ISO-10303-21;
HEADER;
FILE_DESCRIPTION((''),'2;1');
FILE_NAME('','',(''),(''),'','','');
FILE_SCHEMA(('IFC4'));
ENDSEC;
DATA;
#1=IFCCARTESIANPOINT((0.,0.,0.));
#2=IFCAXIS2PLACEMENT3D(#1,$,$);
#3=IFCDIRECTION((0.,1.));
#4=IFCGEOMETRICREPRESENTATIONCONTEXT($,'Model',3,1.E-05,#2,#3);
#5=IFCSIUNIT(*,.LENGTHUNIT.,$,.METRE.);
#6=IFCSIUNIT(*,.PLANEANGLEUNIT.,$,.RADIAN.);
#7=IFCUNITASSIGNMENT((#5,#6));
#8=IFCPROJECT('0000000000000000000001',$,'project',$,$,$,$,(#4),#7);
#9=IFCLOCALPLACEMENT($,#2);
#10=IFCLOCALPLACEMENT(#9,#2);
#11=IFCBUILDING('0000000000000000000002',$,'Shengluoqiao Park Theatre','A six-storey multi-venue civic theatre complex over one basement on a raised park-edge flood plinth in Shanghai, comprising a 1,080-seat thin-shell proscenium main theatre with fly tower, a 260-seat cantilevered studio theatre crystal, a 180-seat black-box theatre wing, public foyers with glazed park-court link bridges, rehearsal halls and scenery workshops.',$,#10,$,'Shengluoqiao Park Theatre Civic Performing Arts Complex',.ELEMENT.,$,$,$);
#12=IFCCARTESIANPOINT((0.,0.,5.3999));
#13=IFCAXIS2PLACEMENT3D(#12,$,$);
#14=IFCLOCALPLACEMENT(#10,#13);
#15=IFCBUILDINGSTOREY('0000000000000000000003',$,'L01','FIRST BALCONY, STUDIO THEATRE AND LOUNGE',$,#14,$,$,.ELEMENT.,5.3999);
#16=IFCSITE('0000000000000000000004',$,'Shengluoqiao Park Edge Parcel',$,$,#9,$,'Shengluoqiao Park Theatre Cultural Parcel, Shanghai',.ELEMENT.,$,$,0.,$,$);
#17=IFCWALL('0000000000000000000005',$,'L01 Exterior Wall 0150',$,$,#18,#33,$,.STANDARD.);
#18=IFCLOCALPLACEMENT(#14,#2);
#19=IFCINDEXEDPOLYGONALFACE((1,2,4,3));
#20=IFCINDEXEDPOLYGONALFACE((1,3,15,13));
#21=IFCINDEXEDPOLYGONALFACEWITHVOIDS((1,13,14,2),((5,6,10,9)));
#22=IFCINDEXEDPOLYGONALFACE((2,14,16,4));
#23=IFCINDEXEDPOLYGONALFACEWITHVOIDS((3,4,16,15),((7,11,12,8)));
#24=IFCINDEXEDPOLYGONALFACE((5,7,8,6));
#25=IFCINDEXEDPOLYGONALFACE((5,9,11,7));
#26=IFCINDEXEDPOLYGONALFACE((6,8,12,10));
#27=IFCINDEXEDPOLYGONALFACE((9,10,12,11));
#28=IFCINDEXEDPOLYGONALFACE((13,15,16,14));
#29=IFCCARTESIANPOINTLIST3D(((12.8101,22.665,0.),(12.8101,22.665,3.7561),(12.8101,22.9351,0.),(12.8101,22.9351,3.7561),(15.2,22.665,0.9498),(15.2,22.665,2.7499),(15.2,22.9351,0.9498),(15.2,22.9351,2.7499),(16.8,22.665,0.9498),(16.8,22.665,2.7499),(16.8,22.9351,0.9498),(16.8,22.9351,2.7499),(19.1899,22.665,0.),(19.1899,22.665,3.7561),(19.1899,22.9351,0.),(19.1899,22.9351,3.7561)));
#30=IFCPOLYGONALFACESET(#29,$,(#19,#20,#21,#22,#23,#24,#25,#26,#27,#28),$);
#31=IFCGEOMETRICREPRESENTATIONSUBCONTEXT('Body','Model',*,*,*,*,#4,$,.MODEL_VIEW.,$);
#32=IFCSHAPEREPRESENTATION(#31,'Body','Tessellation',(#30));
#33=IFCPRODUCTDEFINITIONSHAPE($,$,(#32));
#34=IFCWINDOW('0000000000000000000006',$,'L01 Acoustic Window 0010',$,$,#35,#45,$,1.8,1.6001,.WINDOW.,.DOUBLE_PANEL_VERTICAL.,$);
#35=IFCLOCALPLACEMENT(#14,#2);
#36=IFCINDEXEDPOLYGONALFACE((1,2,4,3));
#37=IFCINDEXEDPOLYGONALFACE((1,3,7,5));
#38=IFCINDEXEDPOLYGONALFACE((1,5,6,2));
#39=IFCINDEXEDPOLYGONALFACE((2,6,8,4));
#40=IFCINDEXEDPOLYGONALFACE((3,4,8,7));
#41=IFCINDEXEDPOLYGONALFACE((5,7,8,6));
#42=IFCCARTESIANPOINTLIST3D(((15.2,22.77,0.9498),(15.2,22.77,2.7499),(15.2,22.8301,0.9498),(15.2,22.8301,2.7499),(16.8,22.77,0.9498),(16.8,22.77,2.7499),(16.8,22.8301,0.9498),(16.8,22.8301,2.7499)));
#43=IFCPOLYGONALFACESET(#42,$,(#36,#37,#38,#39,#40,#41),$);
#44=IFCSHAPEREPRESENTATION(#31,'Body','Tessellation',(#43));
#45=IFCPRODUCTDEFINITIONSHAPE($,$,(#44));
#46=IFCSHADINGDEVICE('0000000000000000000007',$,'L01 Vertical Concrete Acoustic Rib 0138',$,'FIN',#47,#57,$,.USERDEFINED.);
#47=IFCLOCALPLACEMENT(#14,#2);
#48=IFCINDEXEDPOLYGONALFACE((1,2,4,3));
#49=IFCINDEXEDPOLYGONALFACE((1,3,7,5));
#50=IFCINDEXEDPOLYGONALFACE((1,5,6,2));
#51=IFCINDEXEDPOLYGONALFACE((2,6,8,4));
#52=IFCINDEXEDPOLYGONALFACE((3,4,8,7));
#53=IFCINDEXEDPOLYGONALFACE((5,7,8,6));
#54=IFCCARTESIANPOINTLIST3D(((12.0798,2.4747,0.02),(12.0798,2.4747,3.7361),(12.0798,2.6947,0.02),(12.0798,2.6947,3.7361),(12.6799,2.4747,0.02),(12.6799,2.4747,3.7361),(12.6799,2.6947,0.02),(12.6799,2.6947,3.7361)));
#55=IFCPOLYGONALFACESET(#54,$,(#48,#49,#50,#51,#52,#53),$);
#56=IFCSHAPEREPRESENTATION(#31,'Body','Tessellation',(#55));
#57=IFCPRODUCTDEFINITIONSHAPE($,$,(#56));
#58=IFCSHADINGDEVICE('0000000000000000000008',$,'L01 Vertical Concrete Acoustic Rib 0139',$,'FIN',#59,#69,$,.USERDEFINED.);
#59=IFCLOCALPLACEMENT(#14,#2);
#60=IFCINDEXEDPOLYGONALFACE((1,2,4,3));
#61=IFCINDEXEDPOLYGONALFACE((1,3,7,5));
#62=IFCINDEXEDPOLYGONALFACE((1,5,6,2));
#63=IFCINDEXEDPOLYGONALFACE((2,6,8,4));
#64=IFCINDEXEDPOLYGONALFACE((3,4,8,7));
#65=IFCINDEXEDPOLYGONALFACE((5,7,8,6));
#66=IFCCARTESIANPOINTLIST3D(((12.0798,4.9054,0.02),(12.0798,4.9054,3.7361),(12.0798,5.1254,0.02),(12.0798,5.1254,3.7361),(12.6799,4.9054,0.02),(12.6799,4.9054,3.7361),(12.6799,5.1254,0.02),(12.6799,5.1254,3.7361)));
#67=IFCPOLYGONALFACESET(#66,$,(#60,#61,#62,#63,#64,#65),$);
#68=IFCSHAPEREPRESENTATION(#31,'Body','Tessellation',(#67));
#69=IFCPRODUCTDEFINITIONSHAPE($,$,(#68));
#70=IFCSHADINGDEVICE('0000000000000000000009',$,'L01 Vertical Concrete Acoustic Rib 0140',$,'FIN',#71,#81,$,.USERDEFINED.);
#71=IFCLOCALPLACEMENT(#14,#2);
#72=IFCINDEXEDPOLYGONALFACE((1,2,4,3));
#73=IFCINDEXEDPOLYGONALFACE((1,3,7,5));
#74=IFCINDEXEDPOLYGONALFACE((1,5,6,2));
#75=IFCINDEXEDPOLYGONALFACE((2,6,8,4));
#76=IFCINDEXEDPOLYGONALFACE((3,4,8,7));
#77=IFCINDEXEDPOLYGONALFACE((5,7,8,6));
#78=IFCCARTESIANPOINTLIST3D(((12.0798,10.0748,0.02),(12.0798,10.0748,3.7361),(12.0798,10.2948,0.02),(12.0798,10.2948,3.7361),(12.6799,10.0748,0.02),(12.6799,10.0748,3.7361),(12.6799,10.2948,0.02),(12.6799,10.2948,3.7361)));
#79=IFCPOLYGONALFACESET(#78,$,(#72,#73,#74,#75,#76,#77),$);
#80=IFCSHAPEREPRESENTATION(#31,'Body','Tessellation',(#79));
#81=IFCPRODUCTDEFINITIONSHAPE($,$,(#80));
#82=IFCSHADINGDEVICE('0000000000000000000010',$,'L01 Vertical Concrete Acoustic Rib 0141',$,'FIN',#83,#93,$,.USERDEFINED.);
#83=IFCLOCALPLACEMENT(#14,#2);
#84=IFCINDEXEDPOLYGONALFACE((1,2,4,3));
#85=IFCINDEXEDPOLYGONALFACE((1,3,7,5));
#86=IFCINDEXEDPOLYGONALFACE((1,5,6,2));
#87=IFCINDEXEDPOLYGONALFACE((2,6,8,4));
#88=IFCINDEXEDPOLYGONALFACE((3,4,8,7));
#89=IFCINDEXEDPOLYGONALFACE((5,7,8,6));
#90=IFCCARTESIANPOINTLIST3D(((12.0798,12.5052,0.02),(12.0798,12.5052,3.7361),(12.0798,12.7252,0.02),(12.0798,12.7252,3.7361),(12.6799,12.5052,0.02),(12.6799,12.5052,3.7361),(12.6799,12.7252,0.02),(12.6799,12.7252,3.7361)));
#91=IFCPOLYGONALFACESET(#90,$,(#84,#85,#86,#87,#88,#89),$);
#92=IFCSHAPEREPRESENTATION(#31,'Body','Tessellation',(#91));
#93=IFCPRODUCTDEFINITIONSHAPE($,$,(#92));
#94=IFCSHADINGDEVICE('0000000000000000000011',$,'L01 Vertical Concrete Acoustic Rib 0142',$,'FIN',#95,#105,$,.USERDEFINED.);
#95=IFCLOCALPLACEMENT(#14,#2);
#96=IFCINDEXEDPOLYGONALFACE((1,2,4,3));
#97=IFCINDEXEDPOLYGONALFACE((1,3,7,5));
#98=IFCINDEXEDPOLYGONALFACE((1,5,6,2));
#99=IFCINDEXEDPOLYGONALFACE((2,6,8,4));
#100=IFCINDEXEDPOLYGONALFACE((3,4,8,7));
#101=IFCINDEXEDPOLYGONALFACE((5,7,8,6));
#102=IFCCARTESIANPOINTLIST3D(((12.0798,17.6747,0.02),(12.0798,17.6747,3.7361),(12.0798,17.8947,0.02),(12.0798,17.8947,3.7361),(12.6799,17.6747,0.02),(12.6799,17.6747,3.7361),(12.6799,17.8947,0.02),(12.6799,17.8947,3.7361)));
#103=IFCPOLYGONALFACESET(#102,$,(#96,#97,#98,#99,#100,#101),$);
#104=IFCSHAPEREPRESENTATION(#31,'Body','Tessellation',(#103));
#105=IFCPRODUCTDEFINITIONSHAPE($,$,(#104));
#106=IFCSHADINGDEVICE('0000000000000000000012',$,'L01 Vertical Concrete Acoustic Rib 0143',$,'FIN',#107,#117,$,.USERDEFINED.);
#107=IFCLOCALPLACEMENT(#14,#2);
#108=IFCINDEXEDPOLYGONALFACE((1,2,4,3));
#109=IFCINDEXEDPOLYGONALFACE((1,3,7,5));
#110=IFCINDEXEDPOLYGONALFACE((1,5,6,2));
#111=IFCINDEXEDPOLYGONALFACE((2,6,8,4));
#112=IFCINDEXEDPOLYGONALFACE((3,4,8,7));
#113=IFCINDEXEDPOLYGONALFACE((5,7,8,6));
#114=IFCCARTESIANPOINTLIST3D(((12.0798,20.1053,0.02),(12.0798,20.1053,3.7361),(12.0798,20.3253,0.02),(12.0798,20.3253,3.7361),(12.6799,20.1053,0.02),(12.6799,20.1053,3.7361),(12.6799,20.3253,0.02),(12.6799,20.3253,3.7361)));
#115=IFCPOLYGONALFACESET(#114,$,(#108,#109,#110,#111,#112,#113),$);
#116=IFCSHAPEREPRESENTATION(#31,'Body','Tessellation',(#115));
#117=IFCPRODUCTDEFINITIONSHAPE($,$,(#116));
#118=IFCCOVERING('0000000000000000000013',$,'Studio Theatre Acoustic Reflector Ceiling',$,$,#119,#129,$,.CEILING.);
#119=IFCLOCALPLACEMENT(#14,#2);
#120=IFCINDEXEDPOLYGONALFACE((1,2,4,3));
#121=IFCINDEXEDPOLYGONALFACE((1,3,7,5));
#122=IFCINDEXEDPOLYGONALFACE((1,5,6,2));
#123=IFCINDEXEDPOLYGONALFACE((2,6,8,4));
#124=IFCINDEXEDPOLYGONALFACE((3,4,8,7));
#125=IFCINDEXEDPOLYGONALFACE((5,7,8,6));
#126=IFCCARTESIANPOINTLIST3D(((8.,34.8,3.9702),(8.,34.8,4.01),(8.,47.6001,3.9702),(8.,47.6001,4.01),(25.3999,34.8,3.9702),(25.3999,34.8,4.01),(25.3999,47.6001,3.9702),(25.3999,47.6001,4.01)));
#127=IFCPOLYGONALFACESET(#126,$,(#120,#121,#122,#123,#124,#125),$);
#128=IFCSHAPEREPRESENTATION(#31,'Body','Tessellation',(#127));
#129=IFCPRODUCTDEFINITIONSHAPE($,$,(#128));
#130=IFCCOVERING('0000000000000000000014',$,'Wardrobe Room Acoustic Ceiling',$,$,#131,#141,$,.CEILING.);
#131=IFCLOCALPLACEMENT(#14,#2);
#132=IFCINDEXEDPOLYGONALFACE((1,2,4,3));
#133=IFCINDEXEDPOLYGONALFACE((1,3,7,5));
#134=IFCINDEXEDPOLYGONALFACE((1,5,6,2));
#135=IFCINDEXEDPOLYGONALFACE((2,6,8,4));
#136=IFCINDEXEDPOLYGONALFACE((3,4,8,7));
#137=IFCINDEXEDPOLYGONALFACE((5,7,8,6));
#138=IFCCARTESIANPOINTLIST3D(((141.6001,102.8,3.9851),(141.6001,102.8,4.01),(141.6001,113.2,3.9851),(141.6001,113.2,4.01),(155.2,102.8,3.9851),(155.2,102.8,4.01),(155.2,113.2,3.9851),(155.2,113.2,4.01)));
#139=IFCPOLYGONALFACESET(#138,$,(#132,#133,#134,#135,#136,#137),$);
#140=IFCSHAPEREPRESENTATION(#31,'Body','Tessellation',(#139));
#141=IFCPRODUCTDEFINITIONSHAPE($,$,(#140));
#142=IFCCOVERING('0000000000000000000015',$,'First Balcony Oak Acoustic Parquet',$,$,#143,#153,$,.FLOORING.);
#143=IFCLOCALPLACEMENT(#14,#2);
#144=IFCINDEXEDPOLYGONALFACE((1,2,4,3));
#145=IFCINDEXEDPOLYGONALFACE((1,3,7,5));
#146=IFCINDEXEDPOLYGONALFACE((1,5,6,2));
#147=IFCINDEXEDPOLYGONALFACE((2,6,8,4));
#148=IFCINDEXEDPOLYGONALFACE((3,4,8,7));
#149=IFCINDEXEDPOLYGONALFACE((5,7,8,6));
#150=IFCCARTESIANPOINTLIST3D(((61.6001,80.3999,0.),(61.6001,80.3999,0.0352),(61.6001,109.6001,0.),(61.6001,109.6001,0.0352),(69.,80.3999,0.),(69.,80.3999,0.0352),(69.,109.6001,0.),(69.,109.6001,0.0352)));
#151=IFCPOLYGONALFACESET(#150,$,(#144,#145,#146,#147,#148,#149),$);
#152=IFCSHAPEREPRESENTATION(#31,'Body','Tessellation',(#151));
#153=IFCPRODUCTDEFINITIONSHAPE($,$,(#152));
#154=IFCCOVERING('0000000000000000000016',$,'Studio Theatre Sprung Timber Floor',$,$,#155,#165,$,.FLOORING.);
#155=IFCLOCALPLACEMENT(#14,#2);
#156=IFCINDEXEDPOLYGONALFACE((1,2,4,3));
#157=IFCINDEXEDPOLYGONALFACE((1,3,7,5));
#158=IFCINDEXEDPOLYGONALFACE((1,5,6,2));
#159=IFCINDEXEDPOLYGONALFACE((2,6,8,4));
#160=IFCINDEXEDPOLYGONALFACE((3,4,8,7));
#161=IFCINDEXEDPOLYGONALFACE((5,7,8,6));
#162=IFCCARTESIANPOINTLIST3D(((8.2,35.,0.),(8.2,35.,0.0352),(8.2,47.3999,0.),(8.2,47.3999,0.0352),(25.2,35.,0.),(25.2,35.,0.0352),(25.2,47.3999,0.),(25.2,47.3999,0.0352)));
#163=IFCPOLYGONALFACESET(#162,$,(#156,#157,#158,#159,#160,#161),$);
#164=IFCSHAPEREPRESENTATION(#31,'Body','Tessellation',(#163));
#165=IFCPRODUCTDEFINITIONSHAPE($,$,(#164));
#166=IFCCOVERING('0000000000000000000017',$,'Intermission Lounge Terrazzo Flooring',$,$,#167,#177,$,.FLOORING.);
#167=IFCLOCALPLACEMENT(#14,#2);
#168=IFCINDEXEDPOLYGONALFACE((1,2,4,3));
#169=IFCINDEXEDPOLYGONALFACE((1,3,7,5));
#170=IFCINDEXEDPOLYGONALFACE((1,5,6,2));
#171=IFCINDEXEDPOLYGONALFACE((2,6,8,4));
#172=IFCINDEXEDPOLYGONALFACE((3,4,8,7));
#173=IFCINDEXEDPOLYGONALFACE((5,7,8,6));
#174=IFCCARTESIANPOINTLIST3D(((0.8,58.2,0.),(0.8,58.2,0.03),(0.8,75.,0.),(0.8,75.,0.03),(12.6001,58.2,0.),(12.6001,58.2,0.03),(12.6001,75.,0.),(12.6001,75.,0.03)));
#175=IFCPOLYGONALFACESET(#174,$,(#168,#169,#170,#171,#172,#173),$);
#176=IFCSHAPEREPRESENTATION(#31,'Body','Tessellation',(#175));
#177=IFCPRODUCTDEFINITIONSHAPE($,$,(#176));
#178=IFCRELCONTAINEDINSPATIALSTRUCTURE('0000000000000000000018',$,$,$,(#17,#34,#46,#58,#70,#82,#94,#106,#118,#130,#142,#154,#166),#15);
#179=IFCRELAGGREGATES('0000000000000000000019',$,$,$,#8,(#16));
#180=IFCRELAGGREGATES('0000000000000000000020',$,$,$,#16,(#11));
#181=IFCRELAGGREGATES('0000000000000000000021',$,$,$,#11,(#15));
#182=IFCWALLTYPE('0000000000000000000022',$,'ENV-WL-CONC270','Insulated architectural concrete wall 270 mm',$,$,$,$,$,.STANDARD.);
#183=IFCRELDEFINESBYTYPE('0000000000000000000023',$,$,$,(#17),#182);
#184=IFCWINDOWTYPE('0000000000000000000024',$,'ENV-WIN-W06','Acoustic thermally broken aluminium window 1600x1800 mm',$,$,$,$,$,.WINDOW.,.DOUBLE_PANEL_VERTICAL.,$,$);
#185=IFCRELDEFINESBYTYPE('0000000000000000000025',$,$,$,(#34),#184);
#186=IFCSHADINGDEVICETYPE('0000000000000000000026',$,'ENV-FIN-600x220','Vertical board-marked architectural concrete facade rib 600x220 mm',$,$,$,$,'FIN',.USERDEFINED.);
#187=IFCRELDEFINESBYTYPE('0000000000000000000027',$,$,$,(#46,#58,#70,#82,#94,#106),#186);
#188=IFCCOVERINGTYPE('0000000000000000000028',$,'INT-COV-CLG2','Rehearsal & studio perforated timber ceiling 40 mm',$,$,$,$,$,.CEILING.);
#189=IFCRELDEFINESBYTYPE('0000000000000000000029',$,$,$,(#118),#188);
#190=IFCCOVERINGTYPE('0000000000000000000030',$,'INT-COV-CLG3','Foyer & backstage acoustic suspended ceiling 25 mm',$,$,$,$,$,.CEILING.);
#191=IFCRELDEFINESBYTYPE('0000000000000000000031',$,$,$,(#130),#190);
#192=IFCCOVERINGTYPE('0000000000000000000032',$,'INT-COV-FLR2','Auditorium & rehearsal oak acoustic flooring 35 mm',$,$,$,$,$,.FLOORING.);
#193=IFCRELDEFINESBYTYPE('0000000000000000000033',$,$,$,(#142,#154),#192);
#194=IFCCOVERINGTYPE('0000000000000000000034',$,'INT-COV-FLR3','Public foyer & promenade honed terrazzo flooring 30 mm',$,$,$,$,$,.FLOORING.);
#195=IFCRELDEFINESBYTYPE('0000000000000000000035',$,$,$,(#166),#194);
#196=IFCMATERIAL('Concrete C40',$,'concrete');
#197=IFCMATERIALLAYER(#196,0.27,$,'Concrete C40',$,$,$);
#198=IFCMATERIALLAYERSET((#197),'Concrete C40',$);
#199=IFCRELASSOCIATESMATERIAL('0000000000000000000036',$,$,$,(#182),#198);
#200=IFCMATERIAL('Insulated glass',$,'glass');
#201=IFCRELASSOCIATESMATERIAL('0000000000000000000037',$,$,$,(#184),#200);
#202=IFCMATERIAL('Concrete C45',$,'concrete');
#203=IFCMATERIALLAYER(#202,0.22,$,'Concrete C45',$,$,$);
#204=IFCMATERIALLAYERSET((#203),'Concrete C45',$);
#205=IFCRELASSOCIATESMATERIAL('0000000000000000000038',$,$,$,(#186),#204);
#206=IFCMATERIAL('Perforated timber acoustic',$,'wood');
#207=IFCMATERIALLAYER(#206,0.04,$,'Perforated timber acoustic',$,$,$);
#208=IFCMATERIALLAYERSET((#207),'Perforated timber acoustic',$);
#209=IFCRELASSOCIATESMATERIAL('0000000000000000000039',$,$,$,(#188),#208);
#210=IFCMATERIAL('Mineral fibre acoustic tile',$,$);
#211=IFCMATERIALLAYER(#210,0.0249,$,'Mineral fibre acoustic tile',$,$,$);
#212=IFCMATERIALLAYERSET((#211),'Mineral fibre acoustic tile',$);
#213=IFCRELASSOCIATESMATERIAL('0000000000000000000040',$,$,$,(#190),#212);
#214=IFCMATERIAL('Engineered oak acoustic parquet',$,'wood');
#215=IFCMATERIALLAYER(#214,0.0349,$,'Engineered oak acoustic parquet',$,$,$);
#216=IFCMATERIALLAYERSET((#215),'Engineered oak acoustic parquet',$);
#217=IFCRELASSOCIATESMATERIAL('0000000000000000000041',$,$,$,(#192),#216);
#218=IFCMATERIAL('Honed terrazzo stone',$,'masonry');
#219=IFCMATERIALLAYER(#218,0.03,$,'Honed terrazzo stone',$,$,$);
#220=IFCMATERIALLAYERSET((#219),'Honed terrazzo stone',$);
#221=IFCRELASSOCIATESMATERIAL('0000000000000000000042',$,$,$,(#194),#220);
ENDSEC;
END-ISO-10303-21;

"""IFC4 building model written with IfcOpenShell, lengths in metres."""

from ifc_helpers import new_model, si_unit, direction, frame, frame_2d, origin, origin_2d, place, context, subcontext, project, spatial, polyline, rectangle, outline, extrude, material, layer, layer_set, type_object, element, fill, save


model = new_model("IFC4")

# Units and contexts
model_context = context("Model", 3, precision=1e-05, world=origin(), true_north=direction((0.0, 1.0)))
body_context = subcontext(model_context, "Body", "Model", "MODEL_VIEW")
ifc_project = project(units=[si_unit("LENGTHUNIT", "METRE"), si_unit("PLANEANGLEUNIT", "RADIAN")], contexts=[model_context])

# Site, building, storey
site_placement = place(None, origin())
site = spatial("IfcSite", under=ifc_project, at=site_placement, Name="Shengluoqiao Park Edge Parcel", LongName="Shengluoqiao Park Theatre Cultural Parcel, Shanghai", CompositionType="ELEMENT", RefElevation=0.0)
building_placement = place(site_placement, origin())
building = spatial("IfcBuilding", under=site, at=building_placement, Name="Shengluoqiao Park Theatre", Description="A six-storey multi-venue civic theatre complex over one basement on a raised park-edge flood plinth in Shanghai, comprising a 1,080-seat thin-shell proscenium main theatre with fly tower, a 260-seat cantilevered studio theatre crystal, a 180-seat black-box theatre wing, public foyers with glazed park-court link bridges, rehearsal halls and scenery workshops.", LongName="Shengluoqiao Park Theatre Civic Performing Arts Complex", CompositionType="ELEMENT")
storey_placement = place(building_placement, frame((0.0, 0.0, 5.3999)))
storey = spatial("IfcBuildingStorey", under=building, at=storey_placement, Name="L01", Description="FIRST BALCONY, STUDIO THEATRE AND LOUNGE", CompositionType="ELEMENT", Elevation=5.3999)

# Shared definitions
ifc_material_1 = material(Name="Concrete C40", Category="concrete")

# Shared definitions
ifc_layer_1 = layer(ifc_material_1, 0.27, Name="Concrete C40")
ifc_layer_set_1 = layer_set([ifc_layer_1], Name="Concrete C40")
wall_type = type_object("IfcWallType", Name="ENV-WL-CONC270", Description="Insulated architectural concrete wall 270 mm", PredefinedType="STANDARD", material=ifc_layer_set_1)

# Wall, opening, window
wall_1_placement = place(storey_placement, frame((12.8101, 22.8, 0.0), z_axis=(0.0, 0.0, 1.0), x_axis=(1.0, 0.0, 0.0)))
wall_1 = element("IfcWall", 1, at=wall_1_placement, inside=storey, type_object=wall_type, Name="L01 Exterior Wall 0150", PredefinedType="STANDARD", context=body_context, shape_type="SweptSolid", body=[
    extrude(rectangle(XDim=6.3799, YDim=0.27, at=frame_2d((3.1899, 0.0))), origin(), (0.0, 0.0, 1.0), 3.7561),
])
opening_placement = place(wall_1_placement, frame((2.3899, 0.0, 0.95)))
opening = element("IfcOpeningElement", 2, at=opening_placement, cuts=wall_1, PredefinedType="OPENING", context=body_context, shape_type="SweptSolid", body=[
    extrude(rectangle(XDim=1.6001, YDim=1.8, at=frame_2d((0.8, 0.8999))), frame((0.0, 0.145, 0.0), z_axis=(0.0, -1.0, 0.0), x_axis=(1.0, 0.0, 0.0)), (0.0, 0.0, 1.0), 0.29),
])
ifc_material_2 = material(Name="Insulated glass", Category="glass")
window_type = type_object("IfcWindowType", Name="ENV-WIN-W06", Description="Acoustic thermally broken aluminium window 1600x1800 mm", PartitioningType="DOUBLE_PANEL_VERTICAL", PredefinedType="WINDOW", material=ifc_material_2)
window_placement = place(opening_placement, origin())
window = element("IfcWindow", 3, at=window_placement, inside=storey, type_object=window_type, Name="L01 Acoustic Window 0010", OverallHeight=1.8, OverallWidth=1.6001, PartitioningType="DOUBLE_PANEL_VERTICAL", PredefinedType="WINDOW", context=body_context, shape_type="SweptSolid", body=[
    extrude(rectangle(XDim=1.6001, YDim=1.8, at=frame_2d((0.8, 0.8999))), frame((0.0, 0.03, 0.0), z_axis=(0.0, -1.0, 0.0), x_axis=(1.0, 0.0, 0.0)), (0.0, 0.0, 1.0), 0.0601),
])
fill(opening, window)

# Shading devices
ifc_material_3 = material(Name="Concrete C45", Category="concrete")
ifc_layer_2 = layer(ifc_material_3, 0.22, Name="Concrete C45")
ifc_layer_set_2 = layer_set([ifc_layer_2], Name="Concrete C45")
shading_device_type = type_object("IfcShadingDeviceType", Name="ENV-FIN-600x220", Description="Vertical board-marked architectural concrete facade rib 600x220 mm", ElementType="FIN", PredefinedType="USERDEFINED", material=ifc_layer_set_2)
for number, where, z_axis, x_axis, name in (
    (4, (12.3799, 2.5847, 0.02), (0.0, 0.0, 1.0), (-1.0, 0.0, 0.0), "L01 Vertical Concrete Acoustic Rib 0138"),
    (5, (12.3799, 5.0154, 0.02), (0.0, 0.0, 1.0), (-1.0, 0.0, 0.0), "L01 Vertical Concrete Acoustic Rib 0139"),
    (6, (12.3799, 10.1848, 0.02), (0.0, 0.0, 1.0), (-1.0, 0.0, 0.0), "L01 Vertical Concrete Acoustic Rib 0140"),
    (7, (12.3799, 12.6152, 0.02), (0.0, 0.0, 1.0), (-1.0, 0.0, 0.0), "L01 Vertical Concrete Acoustic Rib 0141"),
    (8, (12.3799, 17.7847, 0.02), (0.0, 0.0, 1.0), (-1.0, 0.0, 0.0), "L01 Vertical Concrete Acoustic Rib 0142"),
    (9, (12.3799, 20.2153, 0.02), (0.0, 0.0, 1.0), (-1.0, 0.0, 0.0), "L01 Vertical Concrete Acoustic Rib 0143"),
):
    element("IfcShadingDevice", number, at=place(storey_placement, frame(where, z_axis=z_axis, x_axis=x_axis)), inside=storey, type_object=shading_device_type, Name=name, ObjectType="FIN", PredefinedType="USERDEFINED", context=body_context, shape_type="SweptSolid", body=[
        extrude(rectangle(XDim=0.6001, YDim=0.22, at=origin_2d()), origin(), (0.0, 0.0, 1.0), 3.7161),
    ])

# Coverings
ifc_material_4 = material(Name="Perforated timber acoustic", Category="wood")
ifc_layer_3 = layer(ifc_material_4, 0.04, Name="Perforated timber acoustic")
ifc_layer_set_3 = layer_set([ifc_layer_3], Name="Perforated timber acoustic")
covering_type_1 = type_object("IfcCoveringType", Name="INT-COV-CLG2", Description="Rehearsal & studio perforated timber ceiling 40 mm", PredefinedType="CEILING", material=ifc_layer_set_3)
covering_1_placement = place(storey_placement, frame((0.0, 0.0, 3.9702)))
element("IfcCovering", 10, at=covering_1_placement, inside=storey, type_object=covering_type_1, Name="Studio Theatre Acoustic Reflector Ceiling", PredefinedType="CEILING", context=body_context, shape_type="SweptSolid", body=[
    extrude(outline(polyline([(8.0, 34.8), (25.3999, 34.8), (25.3999, 47.6001), (8.0, 47.6001), (8.0, 34.8)])), origin(), (0.0, 0.0, 1.0), 0.0398),
])
ifc_material_5 = material(Name="Mineral fibre acoustic tile")
ifc_layer_4 = layer(ifc_material_5, 0.0249, Name="Mineral fibre acoustic tile")
ifc_layer_set_4 = layer_set([ifc_layer_4], Name="Mineral fibre acoustic tile")
covering_type_2 = type_object("IfcCoveringType", Name="INT-COV-CLG3", Description="Foyer & backstage acoustic suspended ceiling 25 mm", PredefinedType="CEILING", material=ifc_layer_set_4)
covering_2_placement = place(storey_placement, frame((0.0, 0.0, 3.9851)))
element("IfcCovering", 11, at=covering_2_placement, inside=storey, type_object=covering_type_2, Name="Wardrobe Room Acoustic Ceiling", PredefinedType="CEILING", context=body_context, shape_type="SweptSolid", body=[
    extrude(outline(polyline([(141.6001, 102.8), (155.2, 102.8), (155.2, 113.2), (141.6001, 113.2), (141.6001, 102.8)])), origin(), (0.0, 0.0, 1.0), 0.0249),
])
ifc_material_6 = material(Name="Engineered oak acoustic parquet", Category="wood")
ifc_layer_5 = layer(ifc_material_6, 0.0349, Name="Engineered oak acoustic parquet")
ifc_layer_set_5 = layer_set([ifc_layer_5], Name="Engineered oak acoustic parquet")
covering_type_3 = type_object("IfcCoveringType", Name="INT-COV-FLR2", Description="Auditorium & rehearsal oak acoustic flooring 35 mm", PredefinedType="FLOORING", material=ifc_layer_set_5)
covering_3_placement = place(storey_placement, origin())
element("IfcCovering", 12, at=covering_3_placement, inside=storey, type_object=covering_type_3, Name="First Balcony Oak Acoustic Parquet", PredefinedType="FLOORING", context=body_context, shape_type="SweptSolid", body=[
    extrude(outline(polyline([(61.6001, 80.3999), (69.0, 80.3999), (69.0, 109.6001), (61.6001, 109.6001), (61.6001, 80.3999)])), origin(), (0.0, 0.0, 1.0), 0.0352),
])
covering_4_placement = place(storey_placement, origin())
element("IfcCovering", 13, at=covering_4_placement, inside=storey, type_object=covering_type_3, Name="Studio Theatre Sprung Timber Floor", PredefinedType="FLOORING", context=body_context, shape_type="SweptSolid", body=[
    extrude(outline(polyline([(8.2, 35.0), (25.2, 35.0), (25.2, 47.3999), (8.2, 47.3999), (8.2, 35.0)])), origin(), (0.0, 0.0, 1.0), 0.0352),
])
ifc_material_7 = material(Name="Honed terrazzo stone", Category="masonry")
ifc_layer_6 = layer(ifc_material_7, 0.03, Name="Honed terrazzo stone")
ifc_layer_set_6 = layer_set([ifc_layer_6], Name="Honed terrazzo stone")
covering_type_4 = type_object("IfcCoveringType", Name="INT-COV-FLR3", Description="Public foyer & promenade honed terrazzo flooring 30 mm", PredefinedType="FLOORING", material=ifc_layer_set_6)
covering_5_placement = place(storey_placement, origin())
element("IfcCovering", 14, at=covering_5_placement, inside=storey, type_object=covering_type_4, Name="Intermission Lounge Terrazzo Flooring", PredefinedType="FLOORING", context=body_context, shape_type="SweptSolid", body=[
    extrude(outline(polyline([(0.8, 58.2), (12.6001, 58.2), (12.6001, 75.0), (0.8, 75.0), (0.8, 58.2)])), origin(), (0.0, 0.0, 1.0), 0.03),
])

save(model, "model.ifc")
